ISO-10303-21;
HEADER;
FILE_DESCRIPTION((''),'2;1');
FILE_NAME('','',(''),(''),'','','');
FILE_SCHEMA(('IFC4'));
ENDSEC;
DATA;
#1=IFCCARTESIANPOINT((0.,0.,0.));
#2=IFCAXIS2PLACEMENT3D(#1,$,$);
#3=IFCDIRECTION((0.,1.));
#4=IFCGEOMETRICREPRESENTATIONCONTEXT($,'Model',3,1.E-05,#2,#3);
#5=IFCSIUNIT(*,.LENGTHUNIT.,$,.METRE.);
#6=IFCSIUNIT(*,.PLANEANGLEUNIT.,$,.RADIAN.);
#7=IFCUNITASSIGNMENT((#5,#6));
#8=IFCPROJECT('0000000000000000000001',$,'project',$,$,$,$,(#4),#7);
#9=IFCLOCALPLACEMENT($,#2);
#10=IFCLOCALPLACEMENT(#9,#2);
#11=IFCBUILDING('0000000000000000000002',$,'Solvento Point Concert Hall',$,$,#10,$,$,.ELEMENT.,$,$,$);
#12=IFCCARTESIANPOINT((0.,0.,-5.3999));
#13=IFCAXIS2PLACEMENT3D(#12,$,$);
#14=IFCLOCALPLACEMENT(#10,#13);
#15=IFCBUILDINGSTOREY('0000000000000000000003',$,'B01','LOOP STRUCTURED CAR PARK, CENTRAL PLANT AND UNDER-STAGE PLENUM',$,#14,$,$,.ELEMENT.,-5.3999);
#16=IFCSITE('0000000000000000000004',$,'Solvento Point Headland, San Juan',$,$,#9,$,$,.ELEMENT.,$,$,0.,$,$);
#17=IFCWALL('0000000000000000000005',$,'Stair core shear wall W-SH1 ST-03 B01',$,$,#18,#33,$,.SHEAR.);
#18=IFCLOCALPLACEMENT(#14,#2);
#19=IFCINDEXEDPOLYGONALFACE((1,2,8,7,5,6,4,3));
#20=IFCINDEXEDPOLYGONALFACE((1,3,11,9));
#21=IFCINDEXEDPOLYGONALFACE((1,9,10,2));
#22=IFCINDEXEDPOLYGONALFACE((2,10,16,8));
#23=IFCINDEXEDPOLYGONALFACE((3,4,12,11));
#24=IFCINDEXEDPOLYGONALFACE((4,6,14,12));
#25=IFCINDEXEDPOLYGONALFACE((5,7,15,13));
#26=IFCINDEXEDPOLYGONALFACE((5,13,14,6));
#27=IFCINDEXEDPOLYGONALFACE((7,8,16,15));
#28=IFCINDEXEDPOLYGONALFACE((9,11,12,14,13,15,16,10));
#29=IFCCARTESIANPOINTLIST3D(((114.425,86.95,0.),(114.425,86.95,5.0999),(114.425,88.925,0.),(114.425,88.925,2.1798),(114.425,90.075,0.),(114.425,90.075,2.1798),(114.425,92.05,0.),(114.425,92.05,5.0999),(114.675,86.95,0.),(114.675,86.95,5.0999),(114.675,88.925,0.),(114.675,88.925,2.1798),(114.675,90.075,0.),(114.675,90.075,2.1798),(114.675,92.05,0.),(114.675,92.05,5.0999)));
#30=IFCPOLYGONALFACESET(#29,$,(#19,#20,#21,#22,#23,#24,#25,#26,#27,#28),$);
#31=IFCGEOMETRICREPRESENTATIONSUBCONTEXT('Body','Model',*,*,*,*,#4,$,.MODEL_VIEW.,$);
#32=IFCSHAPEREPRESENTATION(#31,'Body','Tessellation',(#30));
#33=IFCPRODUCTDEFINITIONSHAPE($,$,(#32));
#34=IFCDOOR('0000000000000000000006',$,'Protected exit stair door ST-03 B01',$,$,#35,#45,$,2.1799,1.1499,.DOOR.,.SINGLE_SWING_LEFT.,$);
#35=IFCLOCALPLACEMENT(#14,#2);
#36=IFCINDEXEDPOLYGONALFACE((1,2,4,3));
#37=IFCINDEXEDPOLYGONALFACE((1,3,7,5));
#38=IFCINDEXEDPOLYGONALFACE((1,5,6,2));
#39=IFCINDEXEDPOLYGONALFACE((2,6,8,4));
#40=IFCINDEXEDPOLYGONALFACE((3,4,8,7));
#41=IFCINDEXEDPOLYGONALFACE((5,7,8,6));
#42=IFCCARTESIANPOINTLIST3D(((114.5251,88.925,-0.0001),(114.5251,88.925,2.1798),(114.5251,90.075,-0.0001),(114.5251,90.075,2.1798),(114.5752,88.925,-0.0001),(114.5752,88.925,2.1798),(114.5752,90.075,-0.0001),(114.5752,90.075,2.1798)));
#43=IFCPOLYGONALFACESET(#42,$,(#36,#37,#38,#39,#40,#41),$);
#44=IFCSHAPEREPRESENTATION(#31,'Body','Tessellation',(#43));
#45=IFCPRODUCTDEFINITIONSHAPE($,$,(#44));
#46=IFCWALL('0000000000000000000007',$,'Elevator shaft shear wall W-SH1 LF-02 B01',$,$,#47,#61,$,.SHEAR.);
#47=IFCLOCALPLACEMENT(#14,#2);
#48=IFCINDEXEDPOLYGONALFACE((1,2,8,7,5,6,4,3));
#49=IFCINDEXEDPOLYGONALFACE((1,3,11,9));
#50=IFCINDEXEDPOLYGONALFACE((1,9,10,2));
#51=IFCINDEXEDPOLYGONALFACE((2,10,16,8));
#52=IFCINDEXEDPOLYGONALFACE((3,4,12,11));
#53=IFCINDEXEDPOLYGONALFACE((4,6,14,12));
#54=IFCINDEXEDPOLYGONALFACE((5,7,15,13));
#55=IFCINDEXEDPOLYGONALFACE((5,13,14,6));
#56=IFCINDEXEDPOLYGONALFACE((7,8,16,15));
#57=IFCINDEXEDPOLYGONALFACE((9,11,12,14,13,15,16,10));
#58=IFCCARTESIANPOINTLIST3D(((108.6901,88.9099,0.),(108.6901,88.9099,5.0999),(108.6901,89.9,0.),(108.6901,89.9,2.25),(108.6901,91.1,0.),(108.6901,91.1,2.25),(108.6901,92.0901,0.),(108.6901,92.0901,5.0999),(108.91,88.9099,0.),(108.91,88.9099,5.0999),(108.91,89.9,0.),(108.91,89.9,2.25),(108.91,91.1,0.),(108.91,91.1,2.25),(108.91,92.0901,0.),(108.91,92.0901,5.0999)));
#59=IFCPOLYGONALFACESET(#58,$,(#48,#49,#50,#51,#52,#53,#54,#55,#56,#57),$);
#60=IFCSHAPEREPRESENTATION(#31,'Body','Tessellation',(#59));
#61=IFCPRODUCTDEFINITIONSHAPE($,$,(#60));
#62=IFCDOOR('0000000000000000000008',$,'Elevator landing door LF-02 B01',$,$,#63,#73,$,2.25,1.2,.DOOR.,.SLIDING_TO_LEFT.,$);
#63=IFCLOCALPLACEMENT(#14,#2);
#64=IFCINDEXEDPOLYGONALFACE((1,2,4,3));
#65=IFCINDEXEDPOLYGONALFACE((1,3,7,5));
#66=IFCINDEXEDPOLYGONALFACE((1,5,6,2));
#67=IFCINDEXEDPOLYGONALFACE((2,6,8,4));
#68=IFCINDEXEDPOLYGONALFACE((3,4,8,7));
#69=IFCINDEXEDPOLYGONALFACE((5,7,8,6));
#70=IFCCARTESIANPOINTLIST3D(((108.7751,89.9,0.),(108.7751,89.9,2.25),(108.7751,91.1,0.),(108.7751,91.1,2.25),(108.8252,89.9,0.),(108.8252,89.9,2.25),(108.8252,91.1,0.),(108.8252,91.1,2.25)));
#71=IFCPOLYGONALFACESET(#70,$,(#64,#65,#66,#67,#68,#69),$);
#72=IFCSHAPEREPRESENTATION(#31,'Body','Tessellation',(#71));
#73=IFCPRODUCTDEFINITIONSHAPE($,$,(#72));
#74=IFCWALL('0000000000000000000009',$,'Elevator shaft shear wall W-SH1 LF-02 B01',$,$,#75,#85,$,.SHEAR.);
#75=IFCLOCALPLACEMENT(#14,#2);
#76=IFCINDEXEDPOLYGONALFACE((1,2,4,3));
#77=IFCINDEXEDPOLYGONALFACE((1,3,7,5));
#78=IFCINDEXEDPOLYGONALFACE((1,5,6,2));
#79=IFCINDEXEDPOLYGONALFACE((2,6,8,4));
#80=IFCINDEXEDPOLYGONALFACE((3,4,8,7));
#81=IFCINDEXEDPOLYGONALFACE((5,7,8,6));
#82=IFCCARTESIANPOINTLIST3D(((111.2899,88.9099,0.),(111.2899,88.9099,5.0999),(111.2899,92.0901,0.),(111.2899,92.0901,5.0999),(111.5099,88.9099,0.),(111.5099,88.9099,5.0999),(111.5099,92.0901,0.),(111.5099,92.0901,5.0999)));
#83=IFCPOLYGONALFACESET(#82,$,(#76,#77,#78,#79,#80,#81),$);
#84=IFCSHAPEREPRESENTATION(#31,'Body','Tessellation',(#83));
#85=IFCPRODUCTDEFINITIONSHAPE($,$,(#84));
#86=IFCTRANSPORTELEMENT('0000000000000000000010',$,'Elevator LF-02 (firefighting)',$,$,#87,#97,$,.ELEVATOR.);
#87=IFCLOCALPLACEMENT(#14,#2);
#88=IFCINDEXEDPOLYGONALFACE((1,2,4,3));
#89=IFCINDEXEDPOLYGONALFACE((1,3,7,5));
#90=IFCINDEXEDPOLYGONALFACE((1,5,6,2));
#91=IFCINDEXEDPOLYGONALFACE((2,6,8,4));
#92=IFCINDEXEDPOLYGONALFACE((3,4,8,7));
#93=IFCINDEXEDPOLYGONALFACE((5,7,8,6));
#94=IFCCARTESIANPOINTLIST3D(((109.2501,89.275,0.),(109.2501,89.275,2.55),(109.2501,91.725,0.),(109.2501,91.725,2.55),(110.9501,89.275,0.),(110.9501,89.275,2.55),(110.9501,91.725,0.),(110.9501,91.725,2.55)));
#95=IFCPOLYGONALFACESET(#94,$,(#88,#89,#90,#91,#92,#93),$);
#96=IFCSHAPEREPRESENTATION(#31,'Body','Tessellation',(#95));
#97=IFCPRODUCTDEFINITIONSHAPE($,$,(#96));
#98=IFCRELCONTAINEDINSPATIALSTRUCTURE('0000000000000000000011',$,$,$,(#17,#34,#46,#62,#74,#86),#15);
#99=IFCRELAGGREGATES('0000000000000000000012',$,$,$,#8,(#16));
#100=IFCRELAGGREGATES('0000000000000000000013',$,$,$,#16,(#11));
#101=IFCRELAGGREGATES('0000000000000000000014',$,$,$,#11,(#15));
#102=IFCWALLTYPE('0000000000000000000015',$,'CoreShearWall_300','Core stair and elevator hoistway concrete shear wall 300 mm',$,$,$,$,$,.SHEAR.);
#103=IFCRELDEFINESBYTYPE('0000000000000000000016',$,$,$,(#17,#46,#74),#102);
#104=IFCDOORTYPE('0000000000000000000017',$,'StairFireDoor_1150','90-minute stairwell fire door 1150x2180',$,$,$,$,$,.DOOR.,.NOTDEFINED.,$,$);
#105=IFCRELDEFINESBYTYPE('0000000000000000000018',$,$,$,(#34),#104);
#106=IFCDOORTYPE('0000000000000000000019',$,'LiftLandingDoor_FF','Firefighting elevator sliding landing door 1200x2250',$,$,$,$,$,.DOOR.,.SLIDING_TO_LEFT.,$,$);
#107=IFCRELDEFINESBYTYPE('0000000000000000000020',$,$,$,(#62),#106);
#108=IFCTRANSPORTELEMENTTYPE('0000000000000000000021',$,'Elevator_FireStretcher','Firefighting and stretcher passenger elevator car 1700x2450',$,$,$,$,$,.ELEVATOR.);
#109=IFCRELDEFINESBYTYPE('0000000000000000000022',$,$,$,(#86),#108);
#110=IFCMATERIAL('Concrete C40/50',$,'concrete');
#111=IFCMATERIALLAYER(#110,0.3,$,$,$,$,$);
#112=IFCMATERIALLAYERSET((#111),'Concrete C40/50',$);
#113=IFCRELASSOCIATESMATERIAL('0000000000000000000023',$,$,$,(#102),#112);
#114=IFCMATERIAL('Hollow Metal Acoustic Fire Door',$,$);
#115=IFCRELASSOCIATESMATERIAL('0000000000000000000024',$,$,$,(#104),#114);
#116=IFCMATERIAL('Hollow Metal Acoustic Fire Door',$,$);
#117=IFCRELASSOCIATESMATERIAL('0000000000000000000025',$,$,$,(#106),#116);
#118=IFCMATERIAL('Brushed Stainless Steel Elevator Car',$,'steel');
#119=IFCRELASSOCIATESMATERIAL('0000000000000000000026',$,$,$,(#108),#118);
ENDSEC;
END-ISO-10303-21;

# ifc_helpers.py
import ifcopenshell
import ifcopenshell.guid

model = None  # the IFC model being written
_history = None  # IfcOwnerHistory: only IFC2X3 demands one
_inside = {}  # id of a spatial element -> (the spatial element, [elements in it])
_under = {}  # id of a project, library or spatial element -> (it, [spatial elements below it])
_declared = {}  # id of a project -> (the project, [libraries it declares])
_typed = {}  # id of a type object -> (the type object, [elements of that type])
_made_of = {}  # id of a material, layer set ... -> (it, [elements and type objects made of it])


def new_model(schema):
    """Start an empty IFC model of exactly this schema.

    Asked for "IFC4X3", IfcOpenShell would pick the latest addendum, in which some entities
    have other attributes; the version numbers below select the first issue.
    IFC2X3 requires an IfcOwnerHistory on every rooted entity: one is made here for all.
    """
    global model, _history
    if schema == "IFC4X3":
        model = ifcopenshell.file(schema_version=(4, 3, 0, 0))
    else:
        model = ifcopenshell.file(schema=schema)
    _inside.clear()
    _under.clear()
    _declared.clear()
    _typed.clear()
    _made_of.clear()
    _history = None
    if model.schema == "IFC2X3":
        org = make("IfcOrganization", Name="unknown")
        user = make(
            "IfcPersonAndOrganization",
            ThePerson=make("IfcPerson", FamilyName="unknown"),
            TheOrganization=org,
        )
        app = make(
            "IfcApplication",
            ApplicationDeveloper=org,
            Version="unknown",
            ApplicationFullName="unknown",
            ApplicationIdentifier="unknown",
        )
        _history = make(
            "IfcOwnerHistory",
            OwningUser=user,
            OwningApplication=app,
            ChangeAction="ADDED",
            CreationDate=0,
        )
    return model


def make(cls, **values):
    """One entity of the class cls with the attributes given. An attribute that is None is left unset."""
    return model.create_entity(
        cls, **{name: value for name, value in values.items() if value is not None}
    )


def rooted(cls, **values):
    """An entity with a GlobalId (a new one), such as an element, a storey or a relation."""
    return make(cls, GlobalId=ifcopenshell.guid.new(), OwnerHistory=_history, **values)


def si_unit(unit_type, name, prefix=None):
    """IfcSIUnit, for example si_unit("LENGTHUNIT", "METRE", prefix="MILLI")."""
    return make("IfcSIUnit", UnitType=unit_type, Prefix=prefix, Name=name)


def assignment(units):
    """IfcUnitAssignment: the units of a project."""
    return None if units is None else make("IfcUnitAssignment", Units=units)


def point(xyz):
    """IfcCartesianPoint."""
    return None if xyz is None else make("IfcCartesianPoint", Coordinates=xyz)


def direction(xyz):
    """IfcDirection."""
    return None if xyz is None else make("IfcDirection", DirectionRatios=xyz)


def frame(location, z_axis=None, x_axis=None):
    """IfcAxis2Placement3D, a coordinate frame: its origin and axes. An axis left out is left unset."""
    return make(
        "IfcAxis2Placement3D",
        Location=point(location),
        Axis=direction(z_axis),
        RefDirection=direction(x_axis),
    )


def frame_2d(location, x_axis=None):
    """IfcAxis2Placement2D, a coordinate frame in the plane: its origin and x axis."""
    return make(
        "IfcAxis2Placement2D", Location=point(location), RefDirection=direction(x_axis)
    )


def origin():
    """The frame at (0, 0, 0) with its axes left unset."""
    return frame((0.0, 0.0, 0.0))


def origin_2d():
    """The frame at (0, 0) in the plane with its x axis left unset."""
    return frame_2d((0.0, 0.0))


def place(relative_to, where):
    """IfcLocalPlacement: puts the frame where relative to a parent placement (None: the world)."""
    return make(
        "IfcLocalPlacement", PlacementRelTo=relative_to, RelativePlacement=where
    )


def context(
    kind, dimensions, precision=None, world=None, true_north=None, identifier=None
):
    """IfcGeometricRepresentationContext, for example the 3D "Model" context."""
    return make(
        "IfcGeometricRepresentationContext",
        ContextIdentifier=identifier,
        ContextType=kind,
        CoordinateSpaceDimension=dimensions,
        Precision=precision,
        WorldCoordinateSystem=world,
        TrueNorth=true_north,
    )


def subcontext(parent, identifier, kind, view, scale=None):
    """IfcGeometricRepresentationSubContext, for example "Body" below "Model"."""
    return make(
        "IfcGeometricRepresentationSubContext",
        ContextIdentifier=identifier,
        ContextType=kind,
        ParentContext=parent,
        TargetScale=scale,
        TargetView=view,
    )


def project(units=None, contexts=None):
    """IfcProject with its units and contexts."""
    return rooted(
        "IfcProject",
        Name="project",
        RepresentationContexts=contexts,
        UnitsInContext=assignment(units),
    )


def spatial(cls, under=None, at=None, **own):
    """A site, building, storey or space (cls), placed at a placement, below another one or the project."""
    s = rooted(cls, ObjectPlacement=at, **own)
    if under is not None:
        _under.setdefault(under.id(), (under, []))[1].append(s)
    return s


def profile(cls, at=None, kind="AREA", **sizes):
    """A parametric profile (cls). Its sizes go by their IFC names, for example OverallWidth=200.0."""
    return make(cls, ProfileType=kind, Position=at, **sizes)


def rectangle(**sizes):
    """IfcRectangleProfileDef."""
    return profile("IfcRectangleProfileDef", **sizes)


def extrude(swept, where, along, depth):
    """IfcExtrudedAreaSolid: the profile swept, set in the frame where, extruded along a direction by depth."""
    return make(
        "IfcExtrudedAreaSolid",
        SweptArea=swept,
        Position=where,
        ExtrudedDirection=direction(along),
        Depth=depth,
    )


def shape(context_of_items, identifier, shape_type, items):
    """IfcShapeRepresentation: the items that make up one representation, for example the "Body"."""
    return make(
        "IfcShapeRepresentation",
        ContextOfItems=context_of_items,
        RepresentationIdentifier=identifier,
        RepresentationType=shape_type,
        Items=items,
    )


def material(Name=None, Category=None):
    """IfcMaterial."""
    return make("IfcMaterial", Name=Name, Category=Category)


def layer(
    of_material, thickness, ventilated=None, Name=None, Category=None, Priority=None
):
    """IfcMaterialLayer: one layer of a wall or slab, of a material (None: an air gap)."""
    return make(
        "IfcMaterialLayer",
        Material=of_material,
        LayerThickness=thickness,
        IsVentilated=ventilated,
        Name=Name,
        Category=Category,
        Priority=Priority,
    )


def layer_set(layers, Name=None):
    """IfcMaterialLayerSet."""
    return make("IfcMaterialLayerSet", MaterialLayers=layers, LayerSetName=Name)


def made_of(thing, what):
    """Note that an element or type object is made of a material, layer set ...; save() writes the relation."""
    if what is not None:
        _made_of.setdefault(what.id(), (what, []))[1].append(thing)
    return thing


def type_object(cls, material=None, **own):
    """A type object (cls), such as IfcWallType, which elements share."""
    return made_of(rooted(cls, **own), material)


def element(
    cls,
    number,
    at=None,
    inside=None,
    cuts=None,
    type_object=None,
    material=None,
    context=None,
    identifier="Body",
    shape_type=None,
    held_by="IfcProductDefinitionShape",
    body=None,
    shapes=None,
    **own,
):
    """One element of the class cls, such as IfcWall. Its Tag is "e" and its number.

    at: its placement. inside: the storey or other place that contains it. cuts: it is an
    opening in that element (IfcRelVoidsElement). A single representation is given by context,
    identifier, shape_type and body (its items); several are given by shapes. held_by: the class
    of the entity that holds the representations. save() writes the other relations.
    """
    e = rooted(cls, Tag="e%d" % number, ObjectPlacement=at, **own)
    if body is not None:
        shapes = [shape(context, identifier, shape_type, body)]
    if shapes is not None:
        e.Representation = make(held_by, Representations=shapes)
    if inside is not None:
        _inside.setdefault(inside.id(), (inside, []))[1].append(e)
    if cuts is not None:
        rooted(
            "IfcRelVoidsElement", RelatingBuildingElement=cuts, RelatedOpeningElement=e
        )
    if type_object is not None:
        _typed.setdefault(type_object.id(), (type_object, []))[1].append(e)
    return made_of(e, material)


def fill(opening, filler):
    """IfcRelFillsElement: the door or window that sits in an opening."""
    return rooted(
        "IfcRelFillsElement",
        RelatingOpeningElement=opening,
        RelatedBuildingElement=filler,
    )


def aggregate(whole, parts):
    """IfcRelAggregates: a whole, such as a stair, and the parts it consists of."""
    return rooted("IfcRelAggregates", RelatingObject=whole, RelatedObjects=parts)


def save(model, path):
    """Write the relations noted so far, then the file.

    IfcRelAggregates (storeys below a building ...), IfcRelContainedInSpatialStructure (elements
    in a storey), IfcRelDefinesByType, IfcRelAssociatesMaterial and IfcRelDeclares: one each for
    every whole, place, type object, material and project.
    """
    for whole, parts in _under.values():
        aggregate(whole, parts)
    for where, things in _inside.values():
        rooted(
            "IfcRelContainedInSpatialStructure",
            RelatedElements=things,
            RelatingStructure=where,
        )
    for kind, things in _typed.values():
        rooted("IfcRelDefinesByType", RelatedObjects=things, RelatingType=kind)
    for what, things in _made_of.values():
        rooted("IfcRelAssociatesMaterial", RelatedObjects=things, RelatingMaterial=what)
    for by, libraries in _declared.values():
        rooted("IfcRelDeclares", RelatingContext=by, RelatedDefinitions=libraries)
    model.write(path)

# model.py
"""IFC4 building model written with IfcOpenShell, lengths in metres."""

from ifc_helpers import new_model, si_unit, direction, frame, frame_2d, origin, origin_2d, place, context, subcontext, project, spatial, rectangle, extrude, material, layer, layer_set, type_object, element, fill, save


model = new_model("IFC4")

# Units and contexts
model_context = context("Model", 3, precision=1e-05, world=origin(), true_north=direction((0.0, 1.0)))
body_context = subcontext(model_context, "Body", "Model", "MODEL_VIEW")
ifc_project = project(units=[si_unit("LENGTHUNIT", "METRE"), si_unit("PLANEANGLEUNIT", "RADIAN")], contexts=[model_context])

# Site, building, storey
site_placement = place(None, origin())
site = spatial("IfcSite", under=ifc_project, at=site_placement, Name="Solvento Point Headland, San Juan", CompositionType="ELEMENT", RefElevation=0.0)
building_placement = place(site_placement, origin())
building = spatial("IfcBuilding", under=site, at=building_placement, Name="Solvento Point Concert Hall", CompositionType="ELEMENT")
storey_placement = place(building_placement, frame((0.0, 0.0, -5.3999)))
storey = spatial("IfcBuildingStorey", under=building, at=storey_placement, Name="B01", Description="LOOP STRUCTURED CAR PARK, CENTRAL PLANT AND UNDER-STAGE PLENUM", CompositionType="ELEMENT", Elevation=-5.3999)

# Shared definitions
ifc_material_1 = material(Name="Concrete C40/50", Category="concrete")
ifc_layer_1 = layer(ifc_material_1, 0.3)
ifc_layer_set_1 = layer_set([ifc_layer_1], Name="Concrete C40/50")
wall_type_1 = type_object("IfcWallType", Name="CoreShearWall_300", Description="Core stair and elevator hoistway concrete shear wall 300 mm", PredefinedType="SHEAR", material=ifc_layer_set_1)

# Wall, opening, door
wall_1_placement = place(storey_placement, frame((114.55, 86.95, 0.0), z_axis=(0.0, 0.0, 1.0), x_axis=(0.0, 1.0, 0.0)))
wall_1 = element("IfcWall", 1, at=wall_1_placement, inside=storey, type_object=wall_type_1, Name="Stair core shear wall W-SH1 ST-03 B01", PredefinedType="SHEAR", context=body_context, shape_type="SweptSolid", body=[
    extrude(rectangle(XDim=5.1001, YDim=0.25, at=frame_2d((2.55, 0.0))), origin(), (0.0, 0.0, 1.0), 5.0999),
])
opening_1_placement = place(wall_1_placement, frame((1.9751, 0.0, 0.0)))
opening_1 = element("IfcOpeningElement", 2, at=opening_1_placement, cuts=wall_1, PredefinedType="OPENING", context=body_context, shape_type="SweptSolid", body=[
    extrude(rectangle(XDim=1.1499, YDim=2.1799, at=frame_2d((0.575, 1.0898))), frame((0.0, 0.135, 0.0), z_axis=(0.0, -1.0, 0.0), x_axis=(1.0, 0.0, 0.0)), (0.0, 0.0, 1.0), 0.27),
])
ifc_material_2 = material(Name="Hollow Metal Acoustic Fire Door")
door_type_1 = type_object("IfcDoorType", Name="StairFireDoor_1150", Description="90-minute stairwell fire door 1150x2180", OperationType="NOTDEFINED", PredefinedType="DOOR", material=ifc_material_2)
door_1_placement = place(opening_1_placement, origin())
door_1 = element("IfcDoor", 3, at=door_1_placement, inside=storey, type_object=door_type_1, Name="Protected exit stair door ST-03 B01", OperationType="SINGLE_SWING_LEFT", OverallHeight=2.1799, OverallWidth=1.1499, PredefinedType="DOOR", context=body_context, shape_type="SweptSolid", body=[
    extrude(rectangle(XDim=1.1499, YDim=2.1799, at=frame_2d((0.575, 1.0898))), frame((0.0, 0.0249, 0.0), z_axis=(0.0, -1.0, 0.0), x_axis=(1.0, 0.0, 0.0)), (0.0, 0.0, 1.0), 0.05),
])
fill(opening_1, door_1)

# Wall, opening, door
wall_2_placement = place(storey_placement, frame((108.8, 88.9099, 0.0), z_axis=(0.0, 0.0, 1.0), x_axis=(0.0, 1.0, 0.0)))
wall_2 = element("IfcWall", 4, at=wall_2_placement, inside=storey, type_object=wall_type_1, Name="Elevator shaft shear wall W-SH1 LF-02 B01", PredefinedType="SHEAR", context=body_context, shape_type="SweptSolid", body=[
    extrude(rectangle(XDim=3.1802, YDim=0.22, at=frame_2d((1.5901, 0.0))), origin(), (0.0, 0.0, 1.0), 5.0999),
])
opening_2_placement = place(wall_2_placement, frame((0.99, 0.0, 0.0)))
opening_2 = element("IfcOpeningElement", 5, at=opening_2_placement, cuts=wall_2, PredefinedType="OPENING", context=body_context, shape_type="SweptSolid", body=[
    extrude(rectangle(XDim=1.2, YDim=2.25, at=frame_2d((0.6001, 1.125))), frame((0.0, 0.1199, 0.0), z_axis=(0.0, -1.0, 0.0), x_axis=(1.0, 0.0, 0.0)), (0.0, 0.0, 1.0), 0.24),
])
ifc_material_3 = material(Name="Hollow Metal Acoustic Fire Door")
door_type_2 = type_object("IfcDoorType", Name="LiftLandingDoor_FF", Description="Firefighting elevator sliding landing door 1200x2250", OperationType="SLIDING_TO_LEFT", PredefinedType="DOOR", material=ifc_material_3)
door_2_placement = place(opening_2_placement, origin())
door_2 = element("IfcDoor", 6, at=door_2_placement, inside=storey, type_object=door_type_2, Name="Elevator landing door LF-02 B01", OperationType="SLIDING_TO_LEFT", OverallHeight=2.25, OverallWidth=1.2, PredefinedType="DOOR", context=body_context, shape_type="SweptSolid", body=[
    extrude(rectangle(XDim=1.2, YDim=2.25, at=frame_2d((0.6001, 1.125))), frame((0.0, 0.0249, 0.0), z_axis=(0.0, -1.0, 0.0), x_axis=(1.0, 0.0, 0.0)), (0.0, 0.0, 1.0), 0.05),
])
fill(opening_2, door_2)

# Wall
wall_3_placement = place(storey_placement, frame((111.3999, 88.9099, 0.0), z_axis=(0.0, 0.0, 1.0), x_axis=(0.0, 1.0, 0.0)))
element("IfcWall", 7, at=wall_3_placement, inside=storey, type_object=wall_type_1, Name="Elevator shaft shear wall W-SH1 LF-02 B01", PredefinedType="SHEAR", context=body_context, shape_type="SweptSolid", body=[
    extrude(rectangle(XDim=3.1802, YDim=0.22, at=frame_2d((1.5901, 0.0))), origin(), (0.0, 0.0, 1.0), 5.0999),
])

# Transport element
ifc_material_4 = material(Name="Brushed Stainless Steel Elevator Car", Category="steel")
transport_element_type = type_object("IfcTransportElementType", Name="Elevator_FireStretcher", Description="Firefighting and stretcher passenger elevator car 1700x2450", PredefinedType="ELEVATOR", material=ifc_material_4)
transport_element_placement = place(storey_placement, frame((110.1001, 90.5, 0.0), z_axis=(0.0, 0.0, 1.0), x_axis=(1.0, 0.0, 0.0)))
element("IfcTransportElement", 8, at=transport_element_placement, inside=storey, type_object=transport_element_type, Name="Elevator LF-02 (firefighting)", PredefinedType="ELEVATOR", context=body_context, shape_type="SweptSolid", body=[
    extrude(rectangle(XDim=1.7, YDim=2.45, at=origin_2d()), origin(), (0.0, 0.0, 1.0), 2.55),
])

save(model, "model.ifc")
